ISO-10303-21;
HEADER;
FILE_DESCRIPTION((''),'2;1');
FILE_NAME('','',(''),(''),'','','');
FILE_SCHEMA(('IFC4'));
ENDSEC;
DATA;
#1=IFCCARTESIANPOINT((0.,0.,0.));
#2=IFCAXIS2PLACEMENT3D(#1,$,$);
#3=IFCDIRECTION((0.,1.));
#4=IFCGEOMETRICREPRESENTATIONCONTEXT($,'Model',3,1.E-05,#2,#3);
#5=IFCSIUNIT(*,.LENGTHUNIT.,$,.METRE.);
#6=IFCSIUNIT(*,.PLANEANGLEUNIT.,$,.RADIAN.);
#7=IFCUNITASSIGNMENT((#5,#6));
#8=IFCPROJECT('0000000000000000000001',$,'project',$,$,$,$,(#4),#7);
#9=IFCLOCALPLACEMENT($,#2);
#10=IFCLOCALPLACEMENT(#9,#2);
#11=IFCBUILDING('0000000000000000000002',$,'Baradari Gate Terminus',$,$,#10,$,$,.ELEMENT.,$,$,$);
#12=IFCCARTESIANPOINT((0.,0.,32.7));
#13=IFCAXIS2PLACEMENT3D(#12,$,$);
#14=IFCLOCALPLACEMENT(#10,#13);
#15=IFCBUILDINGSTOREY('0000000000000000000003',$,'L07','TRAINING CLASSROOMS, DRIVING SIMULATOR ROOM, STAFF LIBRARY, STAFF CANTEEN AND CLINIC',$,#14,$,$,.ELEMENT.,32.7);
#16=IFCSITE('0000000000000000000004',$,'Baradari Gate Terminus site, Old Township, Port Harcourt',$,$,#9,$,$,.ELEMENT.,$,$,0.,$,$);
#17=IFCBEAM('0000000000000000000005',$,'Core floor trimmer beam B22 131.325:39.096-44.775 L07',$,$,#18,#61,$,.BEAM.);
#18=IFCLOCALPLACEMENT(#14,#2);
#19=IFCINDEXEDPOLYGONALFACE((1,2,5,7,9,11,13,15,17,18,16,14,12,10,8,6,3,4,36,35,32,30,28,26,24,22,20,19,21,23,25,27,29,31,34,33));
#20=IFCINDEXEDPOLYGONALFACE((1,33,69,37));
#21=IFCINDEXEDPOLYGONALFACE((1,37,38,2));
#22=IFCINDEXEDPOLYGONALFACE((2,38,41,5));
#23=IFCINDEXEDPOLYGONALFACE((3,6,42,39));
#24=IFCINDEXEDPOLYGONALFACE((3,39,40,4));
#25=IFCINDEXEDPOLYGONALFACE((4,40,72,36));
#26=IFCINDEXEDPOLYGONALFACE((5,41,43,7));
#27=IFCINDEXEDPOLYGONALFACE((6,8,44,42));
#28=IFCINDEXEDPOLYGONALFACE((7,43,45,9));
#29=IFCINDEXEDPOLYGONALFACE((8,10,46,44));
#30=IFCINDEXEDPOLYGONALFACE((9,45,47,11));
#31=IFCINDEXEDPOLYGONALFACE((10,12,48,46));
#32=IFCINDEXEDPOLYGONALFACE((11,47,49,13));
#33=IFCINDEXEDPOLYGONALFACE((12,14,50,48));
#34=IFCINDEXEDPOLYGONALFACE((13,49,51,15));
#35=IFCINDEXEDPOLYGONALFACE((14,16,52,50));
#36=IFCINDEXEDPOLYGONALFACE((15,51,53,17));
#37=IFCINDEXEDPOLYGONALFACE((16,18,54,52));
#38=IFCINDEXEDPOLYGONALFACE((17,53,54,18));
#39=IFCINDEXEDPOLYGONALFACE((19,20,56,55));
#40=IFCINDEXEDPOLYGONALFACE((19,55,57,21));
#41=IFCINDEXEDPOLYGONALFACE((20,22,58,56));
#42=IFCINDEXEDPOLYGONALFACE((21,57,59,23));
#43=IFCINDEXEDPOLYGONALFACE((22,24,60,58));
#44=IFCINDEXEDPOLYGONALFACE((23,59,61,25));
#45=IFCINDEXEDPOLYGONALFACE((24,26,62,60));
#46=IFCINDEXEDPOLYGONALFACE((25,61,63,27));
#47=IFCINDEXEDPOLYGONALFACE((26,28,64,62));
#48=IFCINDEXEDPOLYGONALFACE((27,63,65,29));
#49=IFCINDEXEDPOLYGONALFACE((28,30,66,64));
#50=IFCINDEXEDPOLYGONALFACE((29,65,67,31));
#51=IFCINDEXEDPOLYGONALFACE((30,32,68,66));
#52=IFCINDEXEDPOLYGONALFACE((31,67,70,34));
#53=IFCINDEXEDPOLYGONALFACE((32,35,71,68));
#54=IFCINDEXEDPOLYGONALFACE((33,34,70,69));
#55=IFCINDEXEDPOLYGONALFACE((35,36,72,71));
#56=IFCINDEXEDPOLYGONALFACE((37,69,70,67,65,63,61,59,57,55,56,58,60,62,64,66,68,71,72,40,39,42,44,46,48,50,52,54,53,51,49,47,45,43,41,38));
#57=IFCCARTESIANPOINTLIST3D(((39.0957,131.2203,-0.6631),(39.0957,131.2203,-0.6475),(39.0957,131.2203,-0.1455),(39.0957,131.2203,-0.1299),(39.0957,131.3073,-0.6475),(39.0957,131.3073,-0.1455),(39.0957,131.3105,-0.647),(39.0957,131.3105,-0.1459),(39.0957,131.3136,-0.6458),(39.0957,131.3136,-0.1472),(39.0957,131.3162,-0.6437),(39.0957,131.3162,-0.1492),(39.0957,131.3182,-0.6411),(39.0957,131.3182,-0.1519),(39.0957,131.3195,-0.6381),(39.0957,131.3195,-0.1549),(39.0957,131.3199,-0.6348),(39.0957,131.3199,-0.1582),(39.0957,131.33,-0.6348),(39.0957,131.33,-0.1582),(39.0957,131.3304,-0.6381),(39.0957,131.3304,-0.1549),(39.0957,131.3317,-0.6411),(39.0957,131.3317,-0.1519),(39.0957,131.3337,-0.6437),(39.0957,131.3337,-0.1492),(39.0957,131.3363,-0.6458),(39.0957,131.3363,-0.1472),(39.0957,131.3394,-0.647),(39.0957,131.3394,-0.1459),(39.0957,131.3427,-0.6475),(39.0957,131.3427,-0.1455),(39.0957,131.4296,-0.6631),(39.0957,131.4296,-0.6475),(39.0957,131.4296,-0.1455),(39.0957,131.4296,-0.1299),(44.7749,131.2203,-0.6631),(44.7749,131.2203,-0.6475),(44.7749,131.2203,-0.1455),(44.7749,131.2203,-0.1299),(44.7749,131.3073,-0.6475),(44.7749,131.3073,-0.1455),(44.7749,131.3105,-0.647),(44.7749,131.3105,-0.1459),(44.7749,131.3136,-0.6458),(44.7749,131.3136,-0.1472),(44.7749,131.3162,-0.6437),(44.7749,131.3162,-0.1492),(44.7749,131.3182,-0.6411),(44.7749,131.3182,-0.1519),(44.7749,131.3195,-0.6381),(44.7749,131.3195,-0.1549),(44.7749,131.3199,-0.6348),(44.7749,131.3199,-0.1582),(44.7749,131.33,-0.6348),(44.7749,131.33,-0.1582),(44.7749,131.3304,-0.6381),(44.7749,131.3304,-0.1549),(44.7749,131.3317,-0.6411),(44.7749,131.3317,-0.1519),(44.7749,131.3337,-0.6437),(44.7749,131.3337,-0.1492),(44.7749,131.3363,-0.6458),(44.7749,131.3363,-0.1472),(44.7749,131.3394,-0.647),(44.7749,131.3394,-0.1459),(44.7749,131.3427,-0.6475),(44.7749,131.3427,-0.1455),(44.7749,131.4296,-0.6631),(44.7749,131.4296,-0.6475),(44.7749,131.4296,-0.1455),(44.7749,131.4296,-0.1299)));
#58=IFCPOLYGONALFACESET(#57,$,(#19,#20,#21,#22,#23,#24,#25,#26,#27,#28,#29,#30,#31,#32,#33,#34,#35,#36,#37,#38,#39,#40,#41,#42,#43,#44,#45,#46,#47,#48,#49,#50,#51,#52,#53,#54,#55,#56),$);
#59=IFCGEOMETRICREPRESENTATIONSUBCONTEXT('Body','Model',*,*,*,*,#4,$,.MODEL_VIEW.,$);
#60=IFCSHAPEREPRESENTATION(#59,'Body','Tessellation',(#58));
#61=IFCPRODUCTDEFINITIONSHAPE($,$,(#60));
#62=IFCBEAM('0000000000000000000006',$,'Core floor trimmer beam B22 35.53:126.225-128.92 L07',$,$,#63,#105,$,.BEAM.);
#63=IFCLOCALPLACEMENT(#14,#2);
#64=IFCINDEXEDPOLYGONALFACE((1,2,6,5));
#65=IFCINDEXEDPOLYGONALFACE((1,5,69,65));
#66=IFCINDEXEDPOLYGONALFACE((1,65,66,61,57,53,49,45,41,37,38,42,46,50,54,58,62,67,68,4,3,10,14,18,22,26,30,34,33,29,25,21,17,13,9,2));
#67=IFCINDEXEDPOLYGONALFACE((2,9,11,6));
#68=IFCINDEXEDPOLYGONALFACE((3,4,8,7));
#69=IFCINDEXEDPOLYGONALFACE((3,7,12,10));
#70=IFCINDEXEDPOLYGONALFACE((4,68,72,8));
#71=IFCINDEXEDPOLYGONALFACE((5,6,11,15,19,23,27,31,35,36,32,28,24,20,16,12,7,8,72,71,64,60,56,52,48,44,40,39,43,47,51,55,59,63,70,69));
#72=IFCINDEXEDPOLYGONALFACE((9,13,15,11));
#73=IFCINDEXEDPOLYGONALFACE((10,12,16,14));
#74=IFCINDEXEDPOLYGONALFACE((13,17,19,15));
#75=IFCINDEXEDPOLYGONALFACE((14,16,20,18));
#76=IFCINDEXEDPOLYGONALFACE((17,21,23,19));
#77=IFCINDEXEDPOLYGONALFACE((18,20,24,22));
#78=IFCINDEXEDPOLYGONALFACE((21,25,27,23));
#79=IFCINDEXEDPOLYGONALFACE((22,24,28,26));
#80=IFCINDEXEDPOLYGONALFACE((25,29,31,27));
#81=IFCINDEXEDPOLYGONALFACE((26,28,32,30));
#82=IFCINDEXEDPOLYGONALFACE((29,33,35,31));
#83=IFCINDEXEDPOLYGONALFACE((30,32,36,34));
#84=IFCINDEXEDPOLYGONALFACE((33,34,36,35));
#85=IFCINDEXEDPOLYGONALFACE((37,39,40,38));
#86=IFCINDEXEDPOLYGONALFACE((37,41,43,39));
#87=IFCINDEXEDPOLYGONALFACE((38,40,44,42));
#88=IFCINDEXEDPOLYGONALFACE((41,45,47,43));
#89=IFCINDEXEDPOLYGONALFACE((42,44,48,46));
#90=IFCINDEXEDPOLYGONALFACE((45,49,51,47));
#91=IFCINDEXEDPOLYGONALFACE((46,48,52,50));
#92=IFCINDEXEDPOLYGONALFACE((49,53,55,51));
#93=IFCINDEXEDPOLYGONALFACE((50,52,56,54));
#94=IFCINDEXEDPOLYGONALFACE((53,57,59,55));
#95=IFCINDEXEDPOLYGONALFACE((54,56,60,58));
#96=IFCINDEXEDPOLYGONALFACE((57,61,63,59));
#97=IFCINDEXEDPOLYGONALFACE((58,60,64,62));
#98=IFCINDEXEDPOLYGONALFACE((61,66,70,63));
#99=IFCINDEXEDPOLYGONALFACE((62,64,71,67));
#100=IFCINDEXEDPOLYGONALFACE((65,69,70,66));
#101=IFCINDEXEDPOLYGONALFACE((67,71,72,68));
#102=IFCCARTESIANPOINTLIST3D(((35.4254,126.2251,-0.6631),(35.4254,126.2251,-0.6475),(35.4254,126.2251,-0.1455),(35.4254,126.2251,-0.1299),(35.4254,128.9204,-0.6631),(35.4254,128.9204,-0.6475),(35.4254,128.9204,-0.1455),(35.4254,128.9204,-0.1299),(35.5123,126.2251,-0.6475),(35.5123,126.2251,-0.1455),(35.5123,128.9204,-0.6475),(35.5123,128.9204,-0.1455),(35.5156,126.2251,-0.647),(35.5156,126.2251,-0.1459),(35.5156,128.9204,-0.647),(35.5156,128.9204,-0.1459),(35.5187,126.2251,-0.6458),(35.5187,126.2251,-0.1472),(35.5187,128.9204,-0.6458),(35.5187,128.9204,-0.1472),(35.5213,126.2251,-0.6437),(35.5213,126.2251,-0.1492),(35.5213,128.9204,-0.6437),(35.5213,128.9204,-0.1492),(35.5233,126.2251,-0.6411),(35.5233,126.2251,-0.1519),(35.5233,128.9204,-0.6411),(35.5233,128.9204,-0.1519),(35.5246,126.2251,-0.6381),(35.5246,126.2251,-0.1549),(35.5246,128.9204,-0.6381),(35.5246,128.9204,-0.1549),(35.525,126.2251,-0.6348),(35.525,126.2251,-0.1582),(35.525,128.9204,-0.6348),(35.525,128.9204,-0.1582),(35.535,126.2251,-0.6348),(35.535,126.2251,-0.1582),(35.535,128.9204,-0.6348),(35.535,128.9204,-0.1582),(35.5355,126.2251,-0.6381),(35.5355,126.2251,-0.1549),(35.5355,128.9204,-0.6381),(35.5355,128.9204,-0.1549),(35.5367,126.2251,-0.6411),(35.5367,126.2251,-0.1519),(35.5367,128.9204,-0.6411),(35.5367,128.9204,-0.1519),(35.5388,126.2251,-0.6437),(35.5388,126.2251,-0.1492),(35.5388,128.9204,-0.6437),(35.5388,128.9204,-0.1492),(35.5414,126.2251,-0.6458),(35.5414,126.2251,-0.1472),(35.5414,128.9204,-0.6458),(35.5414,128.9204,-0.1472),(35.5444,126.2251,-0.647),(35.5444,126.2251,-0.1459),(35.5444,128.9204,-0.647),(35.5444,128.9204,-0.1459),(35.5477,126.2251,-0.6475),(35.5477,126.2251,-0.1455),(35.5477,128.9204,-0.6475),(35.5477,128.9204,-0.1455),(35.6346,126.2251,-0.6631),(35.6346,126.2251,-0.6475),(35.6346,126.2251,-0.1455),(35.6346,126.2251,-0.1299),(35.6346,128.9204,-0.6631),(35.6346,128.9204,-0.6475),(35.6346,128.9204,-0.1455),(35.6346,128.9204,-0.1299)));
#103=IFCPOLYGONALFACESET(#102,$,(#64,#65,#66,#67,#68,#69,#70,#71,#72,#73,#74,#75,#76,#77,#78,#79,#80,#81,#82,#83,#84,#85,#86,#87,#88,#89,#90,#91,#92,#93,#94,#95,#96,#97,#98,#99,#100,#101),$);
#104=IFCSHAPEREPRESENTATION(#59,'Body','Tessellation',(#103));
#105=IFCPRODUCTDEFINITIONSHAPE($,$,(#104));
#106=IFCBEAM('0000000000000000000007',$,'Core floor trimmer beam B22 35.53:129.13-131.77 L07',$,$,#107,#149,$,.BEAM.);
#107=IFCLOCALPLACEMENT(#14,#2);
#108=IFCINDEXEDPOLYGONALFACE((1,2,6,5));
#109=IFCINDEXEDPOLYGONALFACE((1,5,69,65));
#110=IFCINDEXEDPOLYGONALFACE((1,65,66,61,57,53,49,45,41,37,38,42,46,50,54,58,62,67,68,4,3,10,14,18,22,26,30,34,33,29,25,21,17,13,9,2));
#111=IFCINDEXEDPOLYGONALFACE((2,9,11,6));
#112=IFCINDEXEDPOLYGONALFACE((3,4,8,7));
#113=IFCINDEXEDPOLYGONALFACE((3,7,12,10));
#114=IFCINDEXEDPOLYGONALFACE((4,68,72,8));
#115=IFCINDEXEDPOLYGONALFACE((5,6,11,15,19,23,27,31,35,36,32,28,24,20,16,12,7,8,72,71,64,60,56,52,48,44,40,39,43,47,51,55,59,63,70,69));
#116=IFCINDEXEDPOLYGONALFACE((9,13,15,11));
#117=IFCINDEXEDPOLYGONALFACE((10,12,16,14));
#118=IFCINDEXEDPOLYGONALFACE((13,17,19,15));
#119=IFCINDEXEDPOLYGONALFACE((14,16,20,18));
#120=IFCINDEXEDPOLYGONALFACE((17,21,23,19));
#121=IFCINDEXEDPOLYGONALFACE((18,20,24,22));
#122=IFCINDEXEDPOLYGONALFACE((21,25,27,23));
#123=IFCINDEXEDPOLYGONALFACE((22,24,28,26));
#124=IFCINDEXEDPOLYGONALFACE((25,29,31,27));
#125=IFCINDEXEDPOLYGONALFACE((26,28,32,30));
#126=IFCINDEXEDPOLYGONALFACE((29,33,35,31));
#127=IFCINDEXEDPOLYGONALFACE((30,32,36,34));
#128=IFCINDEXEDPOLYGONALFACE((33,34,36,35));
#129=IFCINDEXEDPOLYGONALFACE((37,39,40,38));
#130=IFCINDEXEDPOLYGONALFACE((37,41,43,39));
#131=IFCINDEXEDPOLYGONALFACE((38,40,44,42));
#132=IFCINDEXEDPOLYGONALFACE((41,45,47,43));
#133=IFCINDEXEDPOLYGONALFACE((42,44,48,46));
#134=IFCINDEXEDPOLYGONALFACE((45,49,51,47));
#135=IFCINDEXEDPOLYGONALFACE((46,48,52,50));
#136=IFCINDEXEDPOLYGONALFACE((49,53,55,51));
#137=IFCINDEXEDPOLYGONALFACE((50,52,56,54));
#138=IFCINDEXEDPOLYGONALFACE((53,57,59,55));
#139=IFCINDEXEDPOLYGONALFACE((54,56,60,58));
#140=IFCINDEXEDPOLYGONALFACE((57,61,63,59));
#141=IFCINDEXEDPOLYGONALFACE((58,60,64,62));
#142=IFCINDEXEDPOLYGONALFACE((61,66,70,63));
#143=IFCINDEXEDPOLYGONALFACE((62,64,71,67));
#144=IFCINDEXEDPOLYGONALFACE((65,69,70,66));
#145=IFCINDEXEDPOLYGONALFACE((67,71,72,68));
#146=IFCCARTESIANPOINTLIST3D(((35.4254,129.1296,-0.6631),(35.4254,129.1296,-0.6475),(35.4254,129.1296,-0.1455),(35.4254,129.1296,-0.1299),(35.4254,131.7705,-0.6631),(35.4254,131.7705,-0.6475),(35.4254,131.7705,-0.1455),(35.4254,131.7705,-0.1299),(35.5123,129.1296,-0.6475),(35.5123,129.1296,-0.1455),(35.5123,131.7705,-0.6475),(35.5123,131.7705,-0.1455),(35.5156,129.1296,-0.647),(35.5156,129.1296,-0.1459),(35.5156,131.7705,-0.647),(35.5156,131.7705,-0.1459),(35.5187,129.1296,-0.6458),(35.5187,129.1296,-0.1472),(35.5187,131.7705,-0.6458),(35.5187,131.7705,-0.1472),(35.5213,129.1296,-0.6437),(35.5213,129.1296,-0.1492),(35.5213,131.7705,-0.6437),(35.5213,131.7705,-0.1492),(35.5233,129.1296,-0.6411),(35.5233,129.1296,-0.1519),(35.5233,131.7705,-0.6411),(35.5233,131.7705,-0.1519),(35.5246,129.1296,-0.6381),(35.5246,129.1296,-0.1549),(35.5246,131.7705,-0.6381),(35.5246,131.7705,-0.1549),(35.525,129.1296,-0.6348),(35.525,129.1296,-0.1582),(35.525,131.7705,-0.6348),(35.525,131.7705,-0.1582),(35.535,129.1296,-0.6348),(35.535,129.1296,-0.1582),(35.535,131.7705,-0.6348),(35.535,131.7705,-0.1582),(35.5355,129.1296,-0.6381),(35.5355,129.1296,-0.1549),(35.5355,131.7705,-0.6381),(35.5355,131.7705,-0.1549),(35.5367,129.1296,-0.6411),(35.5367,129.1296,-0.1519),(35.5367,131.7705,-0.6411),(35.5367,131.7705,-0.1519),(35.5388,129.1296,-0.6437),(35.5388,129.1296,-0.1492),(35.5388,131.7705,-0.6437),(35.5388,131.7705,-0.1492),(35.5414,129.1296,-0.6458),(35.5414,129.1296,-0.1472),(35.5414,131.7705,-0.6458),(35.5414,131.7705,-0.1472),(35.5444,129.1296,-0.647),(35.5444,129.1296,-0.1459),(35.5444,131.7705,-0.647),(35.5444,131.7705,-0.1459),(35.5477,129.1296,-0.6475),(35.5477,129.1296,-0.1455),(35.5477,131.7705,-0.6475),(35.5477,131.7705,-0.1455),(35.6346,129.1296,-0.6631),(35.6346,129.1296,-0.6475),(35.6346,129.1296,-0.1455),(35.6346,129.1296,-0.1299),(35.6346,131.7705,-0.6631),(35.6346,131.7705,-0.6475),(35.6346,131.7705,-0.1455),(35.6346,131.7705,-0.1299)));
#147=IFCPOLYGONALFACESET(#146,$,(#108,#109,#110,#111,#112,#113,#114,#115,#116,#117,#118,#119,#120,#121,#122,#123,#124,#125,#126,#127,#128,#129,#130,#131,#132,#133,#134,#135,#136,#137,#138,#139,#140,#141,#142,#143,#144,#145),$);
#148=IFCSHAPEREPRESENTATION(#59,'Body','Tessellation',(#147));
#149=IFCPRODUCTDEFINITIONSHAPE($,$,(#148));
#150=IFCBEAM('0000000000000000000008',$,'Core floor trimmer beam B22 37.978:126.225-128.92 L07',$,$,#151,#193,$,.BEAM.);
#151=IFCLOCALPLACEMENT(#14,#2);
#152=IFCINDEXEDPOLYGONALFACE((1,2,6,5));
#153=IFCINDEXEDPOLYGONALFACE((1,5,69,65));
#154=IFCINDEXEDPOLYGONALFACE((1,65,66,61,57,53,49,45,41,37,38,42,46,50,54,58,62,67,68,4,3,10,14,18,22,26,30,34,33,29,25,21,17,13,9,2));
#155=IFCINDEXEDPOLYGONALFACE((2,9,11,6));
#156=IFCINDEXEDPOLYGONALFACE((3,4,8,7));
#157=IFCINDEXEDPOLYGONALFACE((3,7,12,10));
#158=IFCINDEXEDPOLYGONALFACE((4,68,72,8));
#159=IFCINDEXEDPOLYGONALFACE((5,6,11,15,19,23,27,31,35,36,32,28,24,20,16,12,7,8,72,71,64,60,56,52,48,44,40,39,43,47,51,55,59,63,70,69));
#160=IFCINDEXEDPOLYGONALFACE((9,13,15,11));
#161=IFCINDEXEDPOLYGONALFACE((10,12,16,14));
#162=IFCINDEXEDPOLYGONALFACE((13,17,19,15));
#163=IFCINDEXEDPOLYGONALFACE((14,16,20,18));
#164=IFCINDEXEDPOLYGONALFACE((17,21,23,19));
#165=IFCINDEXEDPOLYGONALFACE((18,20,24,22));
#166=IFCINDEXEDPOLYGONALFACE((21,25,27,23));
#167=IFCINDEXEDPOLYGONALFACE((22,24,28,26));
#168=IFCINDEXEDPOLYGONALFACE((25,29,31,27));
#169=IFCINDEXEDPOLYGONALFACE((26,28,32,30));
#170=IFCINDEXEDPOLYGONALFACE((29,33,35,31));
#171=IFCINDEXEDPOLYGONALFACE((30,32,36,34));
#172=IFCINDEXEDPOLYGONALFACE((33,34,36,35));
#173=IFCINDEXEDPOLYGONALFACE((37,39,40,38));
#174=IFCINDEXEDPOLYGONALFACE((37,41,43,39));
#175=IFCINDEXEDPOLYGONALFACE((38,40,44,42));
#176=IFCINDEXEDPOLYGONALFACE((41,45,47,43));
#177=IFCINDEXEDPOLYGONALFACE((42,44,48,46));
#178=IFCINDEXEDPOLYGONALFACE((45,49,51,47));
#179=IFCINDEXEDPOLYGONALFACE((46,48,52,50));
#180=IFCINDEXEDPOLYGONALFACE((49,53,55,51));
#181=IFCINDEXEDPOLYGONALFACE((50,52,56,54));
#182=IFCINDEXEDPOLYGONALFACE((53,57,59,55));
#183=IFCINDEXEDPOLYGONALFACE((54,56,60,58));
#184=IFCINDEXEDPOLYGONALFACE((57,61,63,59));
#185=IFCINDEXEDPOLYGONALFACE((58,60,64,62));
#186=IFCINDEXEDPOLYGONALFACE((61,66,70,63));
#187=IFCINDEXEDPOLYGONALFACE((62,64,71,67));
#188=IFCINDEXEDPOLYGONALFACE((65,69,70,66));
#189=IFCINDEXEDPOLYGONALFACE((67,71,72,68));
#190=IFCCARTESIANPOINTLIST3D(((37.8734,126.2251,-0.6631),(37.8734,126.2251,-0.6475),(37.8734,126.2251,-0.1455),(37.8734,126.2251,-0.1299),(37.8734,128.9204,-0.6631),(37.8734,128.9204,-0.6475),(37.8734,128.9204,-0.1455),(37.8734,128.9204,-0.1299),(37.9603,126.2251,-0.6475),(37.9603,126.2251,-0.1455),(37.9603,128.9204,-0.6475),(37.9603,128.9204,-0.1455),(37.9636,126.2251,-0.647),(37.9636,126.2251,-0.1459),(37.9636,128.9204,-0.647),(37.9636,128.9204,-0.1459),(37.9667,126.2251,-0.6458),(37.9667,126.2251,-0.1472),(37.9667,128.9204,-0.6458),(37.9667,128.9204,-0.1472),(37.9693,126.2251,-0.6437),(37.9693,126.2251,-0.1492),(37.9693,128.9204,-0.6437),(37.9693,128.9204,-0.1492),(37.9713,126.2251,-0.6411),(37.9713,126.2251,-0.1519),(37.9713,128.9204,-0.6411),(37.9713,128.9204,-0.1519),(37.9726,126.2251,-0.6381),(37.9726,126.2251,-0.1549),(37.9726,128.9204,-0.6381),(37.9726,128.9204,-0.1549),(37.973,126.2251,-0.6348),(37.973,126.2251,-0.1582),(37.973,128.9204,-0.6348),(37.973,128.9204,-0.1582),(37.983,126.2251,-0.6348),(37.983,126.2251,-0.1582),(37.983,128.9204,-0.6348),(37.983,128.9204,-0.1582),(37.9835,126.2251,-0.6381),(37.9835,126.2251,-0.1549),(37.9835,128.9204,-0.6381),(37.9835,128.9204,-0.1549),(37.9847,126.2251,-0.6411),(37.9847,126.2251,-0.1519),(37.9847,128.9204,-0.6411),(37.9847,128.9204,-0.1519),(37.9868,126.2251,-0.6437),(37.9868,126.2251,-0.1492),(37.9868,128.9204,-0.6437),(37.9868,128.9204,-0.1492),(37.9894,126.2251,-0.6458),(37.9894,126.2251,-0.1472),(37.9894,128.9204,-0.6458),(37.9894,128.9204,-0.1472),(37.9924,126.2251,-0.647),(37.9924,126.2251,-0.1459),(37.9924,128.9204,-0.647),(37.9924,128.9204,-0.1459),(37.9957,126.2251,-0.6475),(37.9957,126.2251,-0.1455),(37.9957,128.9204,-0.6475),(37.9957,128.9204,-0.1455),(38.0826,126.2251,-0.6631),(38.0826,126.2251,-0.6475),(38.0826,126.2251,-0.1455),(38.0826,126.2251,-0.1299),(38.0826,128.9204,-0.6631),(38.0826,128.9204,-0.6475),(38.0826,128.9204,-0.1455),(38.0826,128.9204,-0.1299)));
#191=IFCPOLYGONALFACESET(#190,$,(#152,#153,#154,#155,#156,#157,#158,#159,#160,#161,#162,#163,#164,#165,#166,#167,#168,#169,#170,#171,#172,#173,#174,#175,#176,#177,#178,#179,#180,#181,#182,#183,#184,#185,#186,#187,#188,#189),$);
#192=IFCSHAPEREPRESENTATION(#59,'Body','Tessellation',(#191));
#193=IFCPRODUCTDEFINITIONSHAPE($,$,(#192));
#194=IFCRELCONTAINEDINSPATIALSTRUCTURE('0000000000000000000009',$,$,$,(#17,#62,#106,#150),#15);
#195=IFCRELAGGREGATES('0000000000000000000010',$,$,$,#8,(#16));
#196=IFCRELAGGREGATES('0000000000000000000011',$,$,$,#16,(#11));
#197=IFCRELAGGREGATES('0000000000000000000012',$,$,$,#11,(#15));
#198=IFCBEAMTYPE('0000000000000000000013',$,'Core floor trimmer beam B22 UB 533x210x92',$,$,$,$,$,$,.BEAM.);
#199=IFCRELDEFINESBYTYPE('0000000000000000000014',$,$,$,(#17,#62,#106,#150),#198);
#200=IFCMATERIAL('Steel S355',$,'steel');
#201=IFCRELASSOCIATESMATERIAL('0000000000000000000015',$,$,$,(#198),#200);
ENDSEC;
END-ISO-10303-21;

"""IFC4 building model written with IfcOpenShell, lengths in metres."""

from ifc_helpers import new_model, si_unit, direction, frame, origin, origin_2d, place, context, subcontext, project, spatial, i_section, extrude, material, material_profile, profile_set, type_object, element, save


model = new_model("IFC4")

# Units and contexts
model_context = context("Model", 3, precision=1e-05, world=origin(), true_north=direction((0.0, 1.0)))
body_context = subcontext(model_context, "Body", "Model", "MODEL_VIEW")
ifc_project = project(units=[si_unit("LENGTHUNIT", "METRE"), si_unit("PLANEANGLEUNIT", "RADIAN")], contexts=[model_context])

# Site, building, storey
site_placement = place(None, origin())
site = spatial("IfcSite", under=ifc_project, at=site_placement, Name="Baradari Gate Terminus site, Old Township, Port Harcourt", CompositionType="ELEMENT", RefElevation=0.0)
building_placement = place(site_placement, origin())
building = spatial("IfcBuilding", under=site, at=building_placement, Name="Baradari Gate Terminus", CompositionType="ELEMENT")
storey_placement = place(building_placement, frame((0.0, 0.0, 32.7)))
storey = spatial("IfcBuildingStorey", under=building, at=storey_placement, Name="L07", Description="TRAINING CLASSROOMS, DRIVING SIMULATOR ROOM, STAFF LIBRARY, STAFF CANTEEN AND CLINIC", CompositionType="ELEMENT", Elevation=32.7)

# Beams
ifc_material_1 = material(Name="Steel S355", Category="steel")
ifc_material_profile_1 = material_profile(ifc_material_1, i_section(OverallWidth=0.2092, OverallDepth=0.5332, WebThickness=0.01, FlangeThickness=0.0156, FilletRadius=0.0127, at=origin_2d()), Name="UB 533x210x92")
ifc_profile_set_1 = profile_set([ifc_material_profile_1], Name="Steel S355")
beam_type_1 = type_object("IfcBeamType", Name="Core floor trimmer beam B22 UB 533x210x92", PredefinedType="BEAM", material=ifc_profile_set_1)
beam_1_placement = place(storey_placement, frame((39.0957, 131.325, -0.3965), z_axis=(1.0, 0.0, 0.0), x_axis=(0.0, 1.0, 0.0)))
element("IfcBeam", 1, at=beam_1_placement, inside=storey, type_object=beam_type_1, Name="Core floor trimmer beam B22 131.325:39.096-44.775 L07", PredefinedType="BEAM", context=body_context, shape_type="SweptSolid", body=[
    extrude(i_section(OverallWidth=0.2092, OverallDepth=0.5332, WebThickness=0.01, FlangeThickness=0.0156, FilletRadius=0.0127, at=origin_2d()), origin(), (0.0, 0.0, 1.0), 5.6792),
])
beam_2_placement = place(storey_placement, frame((35.53, 126.2251, -0.3965), z_axis=(0.0, 1.0, 0.0), x_axis=(-1.0, 0.0, 0.0)))
element("IfcBeam", 2, at=beam_2_placement, inside=storey, type_object=beam_type_1, Name="Core floor trimmer beam B22 35.53:126.225-128.92 L07", PredefinedType="BEAM", context=body_context, shape_type="SweptSolid", body=[
    extrude(i_section(OverallWidth=0.2092, OverallDepth=0.5332, WebThickness=0.01, FlangeThickness=0.0156, FilletRadius=0.0127, at=origin_2d()), origin(), (0.0, 0.0, 1.0), 2.6953),
])
beam_3_placement = place(storey_placement, frame((35.53, 129.1296, -0.3965), z_axis=(0.0, 1.0, 0.0), x_axis=(-1.0, 0.0, 0.0)))
element("IfcBeam", 3, at=beam_3_placement, inside=storey, type_object=beam_type_1, Name="Core floor trimmer beam B22 35.53:129.13-131.77 L07", PredefinedType="BEAM", context=body_context, shape_type="SweptSolid", body=[
    extrude(i_section(OverallWidth=0.2092, OverallDepth=0.5332, WebThickness=0.01, FlangeThickness=0.0156, FilletRadius=0.0127, at=origin_2d()), origin(), (0.0, 0.0, 1.0), 2.6409),
])
beam_4_placement = place(storey_placement, frame((37.978, 126.2251, -0.3965), z_axis=(0.0, 1.0, 0.0), x_axis=(-1.0, 0.0, 0.0)))
element("IfcBeam", 4, at=beam_4_placement, inside=storey, type_object=beam_type_1, Name="Core floor trimmer beam B22 37.978:126.225-128.92 L07", PredefinedType="BEAM", context=body_context, shape_type="SweptSolid", body=[
    extrude(i_section(OverallWidth=0.2092, OverallDepth=0.5332, WebThickness=0.01, FlangeThickness=0.0156, FilletRadius=0.0127, at=origin_2d()), origin(), (0.0, 0.0, 1.0), 2.6953),
])

save(model, "model.ifc")
